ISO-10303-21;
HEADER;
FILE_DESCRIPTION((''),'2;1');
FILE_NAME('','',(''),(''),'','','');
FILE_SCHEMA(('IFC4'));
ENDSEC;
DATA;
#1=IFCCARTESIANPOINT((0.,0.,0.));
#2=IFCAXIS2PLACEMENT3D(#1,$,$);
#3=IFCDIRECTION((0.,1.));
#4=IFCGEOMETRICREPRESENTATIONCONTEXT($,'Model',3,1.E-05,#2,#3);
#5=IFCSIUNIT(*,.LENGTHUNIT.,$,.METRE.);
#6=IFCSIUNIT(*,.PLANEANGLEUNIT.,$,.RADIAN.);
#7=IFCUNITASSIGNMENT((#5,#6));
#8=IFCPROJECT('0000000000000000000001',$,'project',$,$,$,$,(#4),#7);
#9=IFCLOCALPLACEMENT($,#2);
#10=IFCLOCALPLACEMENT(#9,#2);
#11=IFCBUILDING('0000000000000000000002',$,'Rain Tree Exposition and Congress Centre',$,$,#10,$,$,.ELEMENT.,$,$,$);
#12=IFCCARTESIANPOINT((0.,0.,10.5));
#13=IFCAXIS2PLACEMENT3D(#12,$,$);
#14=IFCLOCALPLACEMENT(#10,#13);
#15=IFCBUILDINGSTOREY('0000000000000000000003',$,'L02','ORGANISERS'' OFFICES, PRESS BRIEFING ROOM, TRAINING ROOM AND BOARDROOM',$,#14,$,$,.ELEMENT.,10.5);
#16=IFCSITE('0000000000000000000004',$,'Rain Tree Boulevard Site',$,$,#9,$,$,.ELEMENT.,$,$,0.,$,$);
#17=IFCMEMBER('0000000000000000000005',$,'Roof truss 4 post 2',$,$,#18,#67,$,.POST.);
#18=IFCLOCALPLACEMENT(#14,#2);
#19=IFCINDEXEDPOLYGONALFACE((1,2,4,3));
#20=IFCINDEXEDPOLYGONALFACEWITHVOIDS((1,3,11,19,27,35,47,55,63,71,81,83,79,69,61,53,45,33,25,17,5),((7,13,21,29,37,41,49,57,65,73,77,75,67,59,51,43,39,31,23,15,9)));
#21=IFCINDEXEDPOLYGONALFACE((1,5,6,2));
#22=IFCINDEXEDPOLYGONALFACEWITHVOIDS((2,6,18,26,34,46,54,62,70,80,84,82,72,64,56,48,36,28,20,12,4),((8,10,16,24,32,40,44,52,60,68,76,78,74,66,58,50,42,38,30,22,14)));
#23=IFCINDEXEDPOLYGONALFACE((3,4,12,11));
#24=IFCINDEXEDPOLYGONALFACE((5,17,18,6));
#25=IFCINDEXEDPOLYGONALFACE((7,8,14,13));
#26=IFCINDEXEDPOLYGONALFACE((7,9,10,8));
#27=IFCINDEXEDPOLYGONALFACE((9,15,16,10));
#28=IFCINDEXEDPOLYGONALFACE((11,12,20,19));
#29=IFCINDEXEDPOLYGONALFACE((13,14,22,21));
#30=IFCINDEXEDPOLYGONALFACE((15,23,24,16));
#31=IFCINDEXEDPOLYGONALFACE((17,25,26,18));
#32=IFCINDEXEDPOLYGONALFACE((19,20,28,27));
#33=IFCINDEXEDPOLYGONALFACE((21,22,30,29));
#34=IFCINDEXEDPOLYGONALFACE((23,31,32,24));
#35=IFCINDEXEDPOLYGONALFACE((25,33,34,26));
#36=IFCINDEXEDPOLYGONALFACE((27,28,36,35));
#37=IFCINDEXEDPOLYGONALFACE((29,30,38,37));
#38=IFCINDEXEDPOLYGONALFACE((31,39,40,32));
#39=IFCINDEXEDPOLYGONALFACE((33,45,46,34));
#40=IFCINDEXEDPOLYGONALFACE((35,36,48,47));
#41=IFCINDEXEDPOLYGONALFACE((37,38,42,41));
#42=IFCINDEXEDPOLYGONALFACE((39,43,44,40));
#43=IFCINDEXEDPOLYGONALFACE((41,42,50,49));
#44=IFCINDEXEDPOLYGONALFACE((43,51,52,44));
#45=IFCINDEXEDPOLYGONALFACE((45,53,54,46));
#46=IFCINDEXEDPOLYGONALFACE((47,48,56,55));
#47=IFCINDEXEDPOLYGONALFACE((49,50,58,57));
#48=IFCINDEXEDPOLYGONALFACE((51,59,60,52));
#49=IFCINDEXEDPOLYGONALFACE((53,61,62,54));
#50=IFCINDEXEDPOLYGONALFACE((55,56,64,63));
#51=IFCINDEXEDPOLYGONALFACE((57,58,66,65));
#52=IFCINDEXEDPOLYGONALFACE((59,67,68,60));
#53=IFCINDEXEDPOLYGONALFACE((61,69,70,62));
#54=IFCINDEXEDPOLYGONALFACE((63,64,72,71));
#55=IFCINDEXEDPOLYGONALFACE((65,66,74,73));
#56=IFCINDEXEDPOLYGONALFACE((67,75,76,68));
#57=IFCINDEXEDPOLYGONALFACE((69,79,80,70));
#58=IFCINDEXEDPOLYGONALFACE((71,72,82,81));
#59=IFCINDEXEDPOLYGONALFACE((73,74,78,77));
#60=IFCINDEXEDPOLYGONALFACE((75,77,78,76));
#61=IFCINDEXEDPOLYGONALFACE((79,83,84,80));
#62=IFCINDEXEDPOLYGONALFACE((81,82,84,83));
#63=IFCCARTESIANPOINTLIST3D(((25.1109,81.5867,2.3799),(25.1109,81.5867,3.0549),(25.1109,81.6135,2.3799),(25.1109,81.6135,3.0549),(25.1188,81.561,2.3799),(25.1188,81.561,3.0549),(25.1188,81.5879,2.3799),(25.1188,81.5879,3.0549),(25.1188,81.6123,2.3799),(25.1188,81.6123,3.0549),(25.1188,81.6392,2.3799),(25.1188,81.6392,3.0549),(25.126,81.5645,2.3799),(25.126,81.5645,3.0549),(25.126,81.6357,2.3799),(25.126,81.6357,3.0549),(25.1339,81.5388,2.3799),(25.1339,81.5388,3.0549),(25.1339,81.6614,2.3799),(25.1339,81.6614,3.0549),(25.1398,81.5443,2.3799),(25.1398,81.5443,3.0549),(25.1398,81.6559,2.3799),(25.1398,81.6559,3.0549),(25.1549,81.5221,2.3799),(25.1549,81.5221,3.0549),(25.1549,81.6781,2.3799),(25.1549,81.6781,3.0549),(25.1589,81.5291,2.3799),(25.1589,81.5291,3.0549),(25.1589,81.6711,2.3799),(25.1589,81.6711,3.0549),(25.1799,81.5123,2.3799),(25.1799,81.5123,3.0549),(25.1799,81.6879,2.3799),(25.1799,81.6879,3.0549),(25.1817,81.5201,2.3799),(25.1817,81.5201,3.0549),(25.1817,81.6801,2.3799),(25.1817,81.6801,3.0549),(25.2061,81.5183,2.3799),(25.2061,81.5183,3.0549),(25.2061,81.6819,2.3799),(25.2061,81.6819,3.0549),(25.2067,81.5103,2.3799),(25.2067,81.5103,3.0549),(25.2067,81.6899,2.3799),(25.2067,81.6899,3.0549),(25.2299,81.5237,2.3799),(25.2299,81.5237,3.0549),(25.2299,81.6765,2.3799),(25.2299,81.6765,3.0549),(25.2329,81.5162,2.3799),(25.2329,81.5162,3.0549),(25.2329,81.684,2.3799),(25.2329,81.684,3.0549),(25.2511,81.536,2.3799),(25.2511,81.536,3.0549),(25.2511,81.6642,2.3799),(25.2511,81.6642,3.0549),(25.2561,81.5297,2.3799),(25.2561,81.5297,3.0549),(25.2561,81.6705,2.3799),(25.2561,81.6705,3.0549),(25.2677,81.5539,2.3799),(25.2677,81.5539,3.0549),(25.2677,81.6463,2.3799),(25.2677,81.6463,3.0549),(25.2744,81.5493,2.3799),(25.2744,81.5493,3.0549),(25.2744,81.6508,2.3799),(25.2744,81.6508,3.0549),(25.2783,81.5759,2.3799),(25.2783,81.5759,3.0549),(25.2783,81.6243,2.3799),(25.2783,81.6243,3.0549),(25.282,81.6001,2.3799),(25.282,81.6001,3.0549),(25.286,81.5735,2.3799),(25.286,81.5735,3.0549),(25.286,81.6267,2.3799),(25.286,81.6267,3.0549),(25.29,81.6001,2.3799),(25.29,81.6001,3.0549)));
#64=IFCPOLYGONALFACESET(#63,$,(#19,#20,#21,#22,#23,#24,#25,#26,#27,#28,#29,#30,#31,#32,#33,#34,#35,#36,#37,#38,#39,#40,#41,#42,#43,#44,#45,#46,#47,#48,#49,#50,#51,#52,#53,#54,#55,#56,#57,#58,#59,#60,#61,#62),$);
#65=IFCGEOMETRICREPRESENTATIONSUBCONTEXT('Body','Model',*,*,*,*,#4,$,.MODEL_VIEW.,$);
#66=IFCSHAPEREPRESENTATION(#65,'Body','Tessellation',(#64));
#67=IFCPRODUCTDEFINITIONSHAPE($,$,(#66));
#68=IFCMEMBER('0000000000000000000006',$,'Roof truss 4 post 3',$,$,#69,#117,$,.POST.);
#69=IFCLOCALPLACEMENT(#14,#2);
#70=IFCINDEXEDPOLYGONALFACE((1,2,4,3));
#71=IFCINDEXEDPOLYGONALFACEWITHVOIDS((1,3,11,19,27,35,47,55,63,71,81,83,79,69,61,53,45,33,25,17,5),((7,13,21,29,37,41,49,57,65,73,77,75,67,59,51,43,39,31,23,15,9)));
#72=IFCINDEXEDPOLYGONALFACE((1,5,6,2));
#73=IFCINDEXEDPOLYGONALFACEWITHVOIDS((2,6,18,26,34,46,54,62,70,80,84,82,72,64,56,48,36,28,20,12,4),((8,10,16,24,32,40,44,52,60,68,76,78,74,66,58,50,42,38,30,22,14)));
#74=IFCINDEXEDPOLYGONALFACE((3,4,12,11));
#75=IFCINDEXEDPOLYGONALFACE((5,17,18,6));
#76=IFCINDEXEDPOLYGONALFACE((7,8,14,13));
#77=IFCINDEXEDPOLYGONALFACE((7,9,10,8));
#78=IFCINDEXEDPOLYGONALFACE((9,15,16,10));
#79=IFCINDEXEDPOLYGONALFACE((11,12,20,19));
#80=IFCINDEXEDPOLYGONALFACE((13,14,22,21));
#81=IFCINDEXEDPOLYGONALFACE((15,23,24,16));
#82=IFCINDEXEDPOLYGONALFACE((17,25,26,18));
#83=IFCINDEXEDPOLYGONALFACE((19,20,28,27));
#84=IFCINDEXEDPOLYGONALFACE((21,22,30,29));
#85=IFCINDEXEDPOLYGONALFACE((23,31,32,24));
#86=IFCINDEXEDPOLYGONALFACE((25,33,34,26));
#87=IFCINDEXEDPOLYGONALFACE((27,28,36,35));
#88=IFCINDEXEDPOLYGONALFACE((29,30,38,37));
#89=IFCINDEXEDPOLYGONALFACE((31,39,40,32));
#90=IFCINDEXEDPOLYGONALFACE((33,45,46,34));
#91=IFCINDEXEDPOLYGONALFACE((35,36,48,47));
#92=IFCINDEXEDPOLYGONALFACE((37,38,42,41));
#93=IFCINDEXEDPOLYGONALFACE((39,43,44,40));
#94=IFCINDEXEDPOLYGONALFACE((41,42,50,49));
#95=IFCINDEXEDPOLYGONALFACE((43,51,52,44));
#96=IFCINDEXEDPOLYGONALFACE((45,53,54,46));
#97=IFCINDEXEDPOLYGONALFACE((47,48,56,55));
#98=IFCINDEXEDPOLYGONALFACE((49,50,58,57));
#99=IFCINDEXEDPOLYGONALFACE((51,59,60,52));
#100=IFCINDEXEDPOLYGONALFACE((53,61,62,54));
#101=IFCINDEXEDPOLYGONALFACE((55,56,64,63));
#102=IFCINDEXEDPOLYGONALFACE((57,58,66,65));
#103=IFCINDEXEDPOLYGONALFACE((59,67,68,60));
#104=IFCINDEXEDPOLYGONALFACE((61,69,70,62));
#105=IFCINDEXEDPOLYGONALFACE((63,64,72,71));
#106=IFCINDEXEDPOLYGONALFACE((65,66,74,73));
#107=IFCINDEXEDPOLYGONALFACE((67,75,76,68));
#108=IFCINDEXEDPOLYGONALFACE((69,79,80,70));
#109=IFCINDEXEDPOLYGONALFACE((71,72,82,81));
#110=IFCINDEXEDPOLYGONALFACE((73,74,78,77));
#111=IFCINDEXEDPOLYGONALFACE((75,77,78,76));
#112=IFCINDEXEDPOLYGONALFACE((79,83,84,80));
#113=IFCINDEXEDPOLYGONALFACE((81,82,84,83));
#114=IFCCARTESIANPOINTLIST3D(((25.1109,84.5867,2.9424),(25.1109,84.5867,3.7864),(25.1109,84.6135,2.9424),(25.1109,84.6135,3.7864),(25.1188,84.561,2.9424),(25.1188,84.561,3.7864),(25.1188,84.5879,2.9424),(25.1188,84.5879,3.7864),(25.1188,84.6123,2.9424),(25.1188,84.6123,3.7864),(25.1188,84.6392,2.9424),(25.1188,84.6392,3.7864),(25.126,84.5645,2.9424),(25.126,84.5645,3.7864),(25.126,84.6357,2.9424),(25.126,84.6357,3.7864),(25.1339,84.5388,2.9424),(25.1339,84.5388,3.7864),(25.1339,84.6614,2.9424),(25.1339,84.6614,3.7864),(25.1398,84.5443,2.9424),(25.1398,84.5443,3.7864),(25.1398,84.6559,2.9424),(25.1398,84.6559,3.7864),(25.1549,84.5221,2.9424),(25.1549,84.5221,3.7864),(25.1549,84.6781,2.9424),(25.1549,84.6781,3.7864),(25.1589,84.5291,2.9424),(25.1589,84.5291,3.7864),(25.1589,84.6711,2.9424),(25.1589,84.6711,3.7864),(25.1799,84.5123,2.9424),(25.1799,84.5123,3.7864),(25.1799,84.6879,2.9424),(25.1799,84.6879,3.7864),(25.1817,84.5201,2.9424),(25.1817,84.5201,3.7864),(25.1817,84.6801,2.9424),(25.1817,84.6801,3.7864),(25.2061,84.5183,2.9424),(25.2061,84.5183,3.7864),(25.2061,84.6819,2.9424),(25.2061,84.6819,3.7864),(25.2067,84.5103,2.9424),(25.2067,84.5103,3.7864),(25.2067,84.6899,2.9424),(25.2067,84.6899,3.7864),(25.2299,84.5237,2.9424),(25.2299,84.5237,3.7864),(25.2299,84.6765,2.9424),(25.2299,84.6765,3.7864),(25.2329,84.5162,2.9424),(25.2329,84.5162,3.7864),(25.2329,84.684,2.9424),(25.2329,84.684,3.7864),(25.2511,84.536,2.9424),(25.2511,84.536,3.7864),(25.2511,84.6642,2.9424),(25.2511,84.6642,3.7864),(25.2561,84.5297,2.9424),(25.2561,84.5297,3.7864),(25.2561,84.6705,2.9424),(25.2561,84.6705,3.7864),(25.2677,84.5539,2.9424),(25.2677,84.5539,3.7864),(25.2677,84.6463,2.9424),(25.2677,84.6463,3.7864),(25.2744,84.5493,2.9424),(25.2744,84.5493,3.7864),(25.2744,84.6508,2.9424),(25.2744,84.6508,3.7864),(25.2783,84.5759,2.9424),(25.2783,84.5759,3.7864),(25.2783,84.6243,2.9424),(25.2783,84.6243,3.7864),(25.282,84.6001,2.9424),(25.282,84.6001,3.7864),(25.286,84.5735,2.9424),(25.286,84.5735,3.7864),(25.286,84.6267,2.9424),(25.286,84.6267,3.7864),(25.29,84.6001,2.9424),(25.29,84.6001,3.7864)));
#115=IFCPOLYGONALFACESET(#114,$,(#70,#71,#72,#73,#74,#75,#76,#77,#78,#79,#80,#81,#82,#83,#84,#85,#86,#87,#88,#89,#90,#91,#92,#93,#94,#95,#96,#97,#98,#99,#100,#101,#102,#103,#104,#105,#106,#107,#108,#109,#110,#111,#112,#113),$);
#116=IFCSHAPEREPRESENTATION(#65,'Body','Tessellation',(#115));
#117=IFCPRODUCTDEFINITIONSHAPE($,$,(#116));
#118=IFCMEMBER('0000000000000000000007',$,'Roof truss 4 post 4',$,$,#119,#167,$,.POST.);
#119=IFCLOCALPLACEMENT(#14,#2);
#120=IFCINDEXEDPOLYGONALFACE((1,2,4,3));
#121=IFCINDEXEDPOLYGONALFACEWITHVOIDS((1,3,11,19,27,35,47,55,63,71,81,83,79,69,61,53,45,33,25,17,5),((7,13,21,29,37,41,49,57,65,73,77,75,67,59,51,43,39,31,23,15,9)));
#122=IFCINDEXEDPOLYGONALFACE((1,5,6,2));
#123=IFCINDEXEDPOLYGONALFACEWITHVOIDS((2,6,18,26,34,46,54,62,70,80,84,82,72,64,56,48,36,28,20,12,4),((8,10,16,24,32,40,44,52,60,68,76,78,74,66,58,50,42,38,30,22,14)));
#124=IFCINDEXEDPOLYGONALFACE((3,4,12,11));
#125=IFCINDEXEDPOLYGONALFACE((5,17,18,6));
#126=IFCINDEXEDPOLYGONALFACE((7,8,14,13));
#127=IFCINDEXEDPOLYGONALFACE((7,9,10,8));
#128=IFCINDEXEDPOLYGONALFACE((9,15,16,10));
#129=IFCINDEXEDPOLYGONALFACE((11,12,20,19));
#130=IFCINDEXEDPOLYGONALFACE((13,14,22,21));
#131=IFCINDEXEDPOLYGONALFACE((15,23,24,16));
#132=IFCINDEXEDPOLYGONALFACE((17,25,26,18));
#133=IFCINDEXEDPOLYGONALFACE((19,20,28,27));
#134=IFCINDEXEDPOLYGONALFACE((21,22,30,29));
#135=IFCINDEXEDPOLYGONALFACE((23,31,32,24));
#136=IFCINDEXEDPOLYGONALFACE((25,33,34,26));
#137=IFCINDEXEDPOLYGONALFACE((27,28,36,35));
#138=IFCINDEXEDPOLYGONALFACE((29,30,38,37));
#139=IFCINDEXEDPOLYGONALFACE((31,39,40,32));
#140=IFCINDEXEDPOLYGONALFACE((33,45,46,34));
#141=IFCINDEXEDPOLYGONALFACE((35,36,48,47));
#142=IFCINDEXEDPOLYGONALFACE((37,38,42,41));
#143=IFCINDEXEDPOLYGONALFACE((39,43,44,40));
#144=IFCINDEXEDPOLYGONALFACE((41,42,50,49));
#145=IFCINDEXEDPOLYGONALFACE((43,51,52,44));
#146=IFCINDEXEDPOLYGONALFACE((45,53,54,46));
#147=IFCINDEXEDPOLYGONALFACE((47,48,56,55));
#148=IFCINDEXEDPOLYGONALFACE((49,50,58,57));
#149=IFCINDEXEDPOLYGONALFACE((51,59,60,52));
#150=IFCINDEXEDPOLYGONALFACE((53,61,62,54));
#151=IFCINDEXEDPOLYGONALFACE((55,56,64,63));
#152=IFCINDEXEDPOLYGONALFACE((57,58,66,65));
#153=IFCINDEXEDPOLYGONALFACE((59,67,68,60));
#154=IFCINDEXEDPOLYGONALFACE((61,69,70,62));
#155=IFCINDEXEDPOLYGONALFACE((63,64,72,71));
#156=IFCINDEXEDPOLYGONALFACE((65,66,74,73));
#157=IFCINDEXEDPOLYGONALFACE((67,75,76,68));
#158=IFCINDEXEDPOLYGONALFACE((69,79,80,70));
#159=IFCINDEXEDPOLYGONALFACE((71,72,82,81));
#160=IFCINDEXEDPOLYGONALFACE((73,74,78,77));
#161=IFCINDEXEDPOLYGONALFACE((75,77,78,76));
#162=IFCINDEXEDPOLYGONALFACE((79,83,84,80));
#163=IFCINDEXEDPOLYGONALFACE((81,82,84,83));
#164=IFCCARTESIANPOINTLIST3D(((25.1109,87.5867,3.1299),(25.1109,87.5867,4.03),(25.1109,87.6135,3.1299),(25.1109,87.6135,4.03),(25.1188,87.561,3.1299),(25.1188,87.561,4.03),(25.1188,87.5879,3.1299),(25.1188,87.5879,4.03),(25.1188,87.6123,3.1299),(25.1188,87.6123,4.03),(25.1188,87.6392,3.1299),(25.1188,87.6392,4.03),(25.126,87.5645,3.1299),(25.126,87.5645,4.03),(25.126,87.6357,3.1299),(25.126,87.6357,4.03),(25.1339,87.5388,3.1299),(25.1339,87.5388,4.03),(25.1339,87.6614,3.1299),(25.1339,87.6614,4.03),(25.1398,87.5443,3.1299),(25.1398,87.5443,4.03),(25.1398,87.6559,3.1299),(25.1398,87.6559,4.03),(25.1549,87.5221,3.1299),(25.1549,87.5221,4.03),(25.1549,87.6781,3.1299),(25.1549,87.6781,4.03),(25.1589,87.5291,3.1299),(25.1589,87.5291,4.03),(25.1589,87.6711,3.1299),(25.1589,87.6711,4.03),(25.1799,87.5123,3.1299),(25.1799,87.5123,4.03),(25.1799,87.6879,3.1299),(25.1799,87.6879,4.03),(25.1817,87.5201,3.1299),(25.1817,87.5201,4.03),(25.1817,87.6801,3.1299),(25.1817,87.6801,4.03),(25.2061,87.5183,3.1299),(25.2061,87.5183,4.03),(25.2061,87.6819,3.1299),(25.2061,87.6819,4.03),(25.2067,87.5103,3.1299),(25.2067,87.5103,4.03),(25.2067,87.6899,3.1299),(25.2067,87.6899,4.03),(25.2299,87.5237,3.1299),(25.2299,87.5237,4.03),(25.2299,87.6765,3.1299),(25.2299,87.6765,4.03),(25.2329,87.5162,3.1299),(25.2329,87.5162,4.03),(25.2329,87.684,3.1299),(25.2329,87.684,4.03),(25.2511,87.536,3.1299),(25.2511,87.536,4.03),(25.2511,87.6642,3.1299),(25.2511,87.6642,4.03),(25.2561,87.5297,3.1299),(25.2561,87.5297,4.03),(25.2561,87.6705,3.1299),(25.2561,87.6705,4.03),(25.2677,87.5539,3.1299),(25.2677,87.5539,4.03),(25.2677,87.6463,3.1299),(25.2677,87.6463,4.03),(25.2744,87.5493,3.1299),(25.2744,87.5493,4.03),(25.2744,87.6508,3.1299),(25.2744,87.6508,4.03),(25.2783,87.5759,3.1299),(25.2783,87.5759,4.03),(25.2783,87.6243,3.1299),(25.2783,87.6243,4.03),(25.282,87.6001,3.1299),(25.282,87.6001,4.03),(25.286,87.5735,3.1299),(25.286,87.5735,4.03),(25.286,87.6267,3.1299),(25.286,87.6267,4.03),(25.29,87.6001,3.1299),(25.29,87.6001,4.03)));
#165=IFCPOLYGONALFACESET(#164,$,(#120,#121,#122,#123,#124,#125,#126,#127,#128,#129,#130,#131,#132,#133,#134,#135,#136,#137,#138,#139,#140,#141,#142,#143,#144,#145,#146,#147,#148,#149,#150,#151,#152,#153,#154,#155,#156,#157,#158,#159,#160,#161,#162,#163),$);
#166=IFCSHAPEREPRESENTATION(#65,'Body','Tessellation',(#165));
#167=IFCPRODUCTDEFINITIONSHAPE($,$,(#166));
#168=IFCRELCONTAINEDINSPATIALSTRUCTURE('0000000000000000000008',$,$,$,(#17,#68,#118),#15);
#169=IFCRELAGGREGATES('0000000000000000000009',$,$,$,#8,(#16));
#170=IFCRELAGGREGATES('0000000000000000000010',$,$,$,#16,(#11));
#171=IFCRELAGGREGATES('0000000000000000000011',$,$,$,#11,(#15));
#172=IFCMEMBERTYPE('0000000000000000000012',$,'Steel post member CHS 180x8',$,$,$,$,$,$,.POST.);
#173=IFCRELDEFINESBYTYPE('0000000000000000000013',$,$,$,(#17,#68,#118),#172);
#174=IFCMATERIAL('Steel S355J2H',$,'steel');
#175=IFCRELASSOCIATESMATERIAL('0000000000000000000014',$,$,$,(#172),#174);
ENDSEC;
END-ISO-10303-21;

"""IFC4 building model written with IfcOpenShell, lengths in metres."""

from ifc_helpers import new_model, si_unit, direction, frame, origin, origin_2d, place, context, subcontext, project, spatial, hollow_circle, extrude, material, material_profile, profile_set, type_object, element, save


model = new_model("IFC4")

# Units and contexts
model_context = context("Model", 3, precision=1e-05, world=origin(), true_north=direction((0.0, 1.0)))
body_context = subcontext(model_context, "Body", "Model", "MODEL_VIEW")
ifc_project = project(units=[si_unit("LENGTHUNIT", "METRE"), si_unit("PLANEANGLEUNIT", "RADIAN")], contexts=[model_context])

# Site, building, storey
site_placement = place(None, origin())
site = spatial("IfcSite", under=ifc_project, at=site_placement, Name="Rain Tree Boulevard Site", CompositionType="ELEMENT", RefElevation=0.0)
building_placement = place(site_placement, origin())
building = spatial("IfcBuilding", under=site, at=building_placement, Name="Rain Tree Exposition and Congress Centre", CompositionType="ELEMENT")
storey_placement = place(building_placement, frame((0.0, 0.0, 10.5)))
storey = spatial("IfcBuildingStorey", under=building, at=storey_placement, Name="L02", Description="ORGANISERS' OFFICES, PRESS BRIEFING ROOM, TRAINING ROOM AND BOARDROOM", CompositionType="ELEMENT", Elevation=10.5)

# Members
ifc_material_1 = material(Name="Steel S355J2H", Category="steel")
ifc_material_profile_1 = material_profile(ifc_material_1, hollow_circle(Radius=0.0901, WallThickness=0.0081, at=origin_2d()), Name="CHS 180x8")
ifc_profile_set_1 = profile_set([ifc_material_profile_1], Name="Steel S355J2H")
member_type_1 = type_object("IfcMemberType", Name="Steel post member CHS 180x8", PredefinedType="POST", material=ifc_profile_set_1)
for number, where, z_axis, x_axis, name in (
    (1, (25.2, 81.6001, 2.3799), (0.0, 0.0, 1.0), (1.0, 0.0, 0.0), "Roof truss 4 post 2"),
):
    element("IfcMember", number, at=place(storey_placement, frame(where, z_axis=z_axis, x_axis=x_axis)), inside=storey, type_object=member_type_1, Name=name, PredefinedType="POST", context=body_context, shape_type="SweptSolid", body=[
        extrude(hollow_circle(Radius=0.0901, WallThickness=0.0081, at=origin_2d()), origin(), (0.0, 0.0, 1.0), 0.675),
    ])
member_1_placement = place(storey_placement, frame((25.2, 84.6001, 2.9424), z_axis=(0.0, 0.0, 1.0), x_axis=(1.0, 0.0, 0.0)))
element("IfcMember", 2, at=member_1_placement, inside=storey, type_object=member_type_1, Name="Roof truss 4 post 3", PredefinedType="POST", context=body_context, shape_type="SweptSolid", body=[
    extrude(hollow_circle(Radius=0.0901, WallThickness=0.0081, at=origin_2d()), origin(), (0.0, 0.0, 1.0), 0.844),
])
member_2_placement = place(storey_placement, frame((25.2, 87.6001, 3.1299), z_axis=(0.0, 0.0, 1.0), x_axis=(1.0, 0.0, 0.0)))
element("IfcMember", 3, at=member_2_placement, inside=storey, type_object=member_type_1, Name="Roof truss 4 post 4", PredefinedType="POST", context=body_context, shape_type="SweptSolid", body=[
    extrude(hollow_circle(Radius=0.0901, WallThickness=0.0081, at=origin_2d()), origin(), (0.0, 0.0, 1.0), 0.9001),
])

save(model, "model.ifc")
